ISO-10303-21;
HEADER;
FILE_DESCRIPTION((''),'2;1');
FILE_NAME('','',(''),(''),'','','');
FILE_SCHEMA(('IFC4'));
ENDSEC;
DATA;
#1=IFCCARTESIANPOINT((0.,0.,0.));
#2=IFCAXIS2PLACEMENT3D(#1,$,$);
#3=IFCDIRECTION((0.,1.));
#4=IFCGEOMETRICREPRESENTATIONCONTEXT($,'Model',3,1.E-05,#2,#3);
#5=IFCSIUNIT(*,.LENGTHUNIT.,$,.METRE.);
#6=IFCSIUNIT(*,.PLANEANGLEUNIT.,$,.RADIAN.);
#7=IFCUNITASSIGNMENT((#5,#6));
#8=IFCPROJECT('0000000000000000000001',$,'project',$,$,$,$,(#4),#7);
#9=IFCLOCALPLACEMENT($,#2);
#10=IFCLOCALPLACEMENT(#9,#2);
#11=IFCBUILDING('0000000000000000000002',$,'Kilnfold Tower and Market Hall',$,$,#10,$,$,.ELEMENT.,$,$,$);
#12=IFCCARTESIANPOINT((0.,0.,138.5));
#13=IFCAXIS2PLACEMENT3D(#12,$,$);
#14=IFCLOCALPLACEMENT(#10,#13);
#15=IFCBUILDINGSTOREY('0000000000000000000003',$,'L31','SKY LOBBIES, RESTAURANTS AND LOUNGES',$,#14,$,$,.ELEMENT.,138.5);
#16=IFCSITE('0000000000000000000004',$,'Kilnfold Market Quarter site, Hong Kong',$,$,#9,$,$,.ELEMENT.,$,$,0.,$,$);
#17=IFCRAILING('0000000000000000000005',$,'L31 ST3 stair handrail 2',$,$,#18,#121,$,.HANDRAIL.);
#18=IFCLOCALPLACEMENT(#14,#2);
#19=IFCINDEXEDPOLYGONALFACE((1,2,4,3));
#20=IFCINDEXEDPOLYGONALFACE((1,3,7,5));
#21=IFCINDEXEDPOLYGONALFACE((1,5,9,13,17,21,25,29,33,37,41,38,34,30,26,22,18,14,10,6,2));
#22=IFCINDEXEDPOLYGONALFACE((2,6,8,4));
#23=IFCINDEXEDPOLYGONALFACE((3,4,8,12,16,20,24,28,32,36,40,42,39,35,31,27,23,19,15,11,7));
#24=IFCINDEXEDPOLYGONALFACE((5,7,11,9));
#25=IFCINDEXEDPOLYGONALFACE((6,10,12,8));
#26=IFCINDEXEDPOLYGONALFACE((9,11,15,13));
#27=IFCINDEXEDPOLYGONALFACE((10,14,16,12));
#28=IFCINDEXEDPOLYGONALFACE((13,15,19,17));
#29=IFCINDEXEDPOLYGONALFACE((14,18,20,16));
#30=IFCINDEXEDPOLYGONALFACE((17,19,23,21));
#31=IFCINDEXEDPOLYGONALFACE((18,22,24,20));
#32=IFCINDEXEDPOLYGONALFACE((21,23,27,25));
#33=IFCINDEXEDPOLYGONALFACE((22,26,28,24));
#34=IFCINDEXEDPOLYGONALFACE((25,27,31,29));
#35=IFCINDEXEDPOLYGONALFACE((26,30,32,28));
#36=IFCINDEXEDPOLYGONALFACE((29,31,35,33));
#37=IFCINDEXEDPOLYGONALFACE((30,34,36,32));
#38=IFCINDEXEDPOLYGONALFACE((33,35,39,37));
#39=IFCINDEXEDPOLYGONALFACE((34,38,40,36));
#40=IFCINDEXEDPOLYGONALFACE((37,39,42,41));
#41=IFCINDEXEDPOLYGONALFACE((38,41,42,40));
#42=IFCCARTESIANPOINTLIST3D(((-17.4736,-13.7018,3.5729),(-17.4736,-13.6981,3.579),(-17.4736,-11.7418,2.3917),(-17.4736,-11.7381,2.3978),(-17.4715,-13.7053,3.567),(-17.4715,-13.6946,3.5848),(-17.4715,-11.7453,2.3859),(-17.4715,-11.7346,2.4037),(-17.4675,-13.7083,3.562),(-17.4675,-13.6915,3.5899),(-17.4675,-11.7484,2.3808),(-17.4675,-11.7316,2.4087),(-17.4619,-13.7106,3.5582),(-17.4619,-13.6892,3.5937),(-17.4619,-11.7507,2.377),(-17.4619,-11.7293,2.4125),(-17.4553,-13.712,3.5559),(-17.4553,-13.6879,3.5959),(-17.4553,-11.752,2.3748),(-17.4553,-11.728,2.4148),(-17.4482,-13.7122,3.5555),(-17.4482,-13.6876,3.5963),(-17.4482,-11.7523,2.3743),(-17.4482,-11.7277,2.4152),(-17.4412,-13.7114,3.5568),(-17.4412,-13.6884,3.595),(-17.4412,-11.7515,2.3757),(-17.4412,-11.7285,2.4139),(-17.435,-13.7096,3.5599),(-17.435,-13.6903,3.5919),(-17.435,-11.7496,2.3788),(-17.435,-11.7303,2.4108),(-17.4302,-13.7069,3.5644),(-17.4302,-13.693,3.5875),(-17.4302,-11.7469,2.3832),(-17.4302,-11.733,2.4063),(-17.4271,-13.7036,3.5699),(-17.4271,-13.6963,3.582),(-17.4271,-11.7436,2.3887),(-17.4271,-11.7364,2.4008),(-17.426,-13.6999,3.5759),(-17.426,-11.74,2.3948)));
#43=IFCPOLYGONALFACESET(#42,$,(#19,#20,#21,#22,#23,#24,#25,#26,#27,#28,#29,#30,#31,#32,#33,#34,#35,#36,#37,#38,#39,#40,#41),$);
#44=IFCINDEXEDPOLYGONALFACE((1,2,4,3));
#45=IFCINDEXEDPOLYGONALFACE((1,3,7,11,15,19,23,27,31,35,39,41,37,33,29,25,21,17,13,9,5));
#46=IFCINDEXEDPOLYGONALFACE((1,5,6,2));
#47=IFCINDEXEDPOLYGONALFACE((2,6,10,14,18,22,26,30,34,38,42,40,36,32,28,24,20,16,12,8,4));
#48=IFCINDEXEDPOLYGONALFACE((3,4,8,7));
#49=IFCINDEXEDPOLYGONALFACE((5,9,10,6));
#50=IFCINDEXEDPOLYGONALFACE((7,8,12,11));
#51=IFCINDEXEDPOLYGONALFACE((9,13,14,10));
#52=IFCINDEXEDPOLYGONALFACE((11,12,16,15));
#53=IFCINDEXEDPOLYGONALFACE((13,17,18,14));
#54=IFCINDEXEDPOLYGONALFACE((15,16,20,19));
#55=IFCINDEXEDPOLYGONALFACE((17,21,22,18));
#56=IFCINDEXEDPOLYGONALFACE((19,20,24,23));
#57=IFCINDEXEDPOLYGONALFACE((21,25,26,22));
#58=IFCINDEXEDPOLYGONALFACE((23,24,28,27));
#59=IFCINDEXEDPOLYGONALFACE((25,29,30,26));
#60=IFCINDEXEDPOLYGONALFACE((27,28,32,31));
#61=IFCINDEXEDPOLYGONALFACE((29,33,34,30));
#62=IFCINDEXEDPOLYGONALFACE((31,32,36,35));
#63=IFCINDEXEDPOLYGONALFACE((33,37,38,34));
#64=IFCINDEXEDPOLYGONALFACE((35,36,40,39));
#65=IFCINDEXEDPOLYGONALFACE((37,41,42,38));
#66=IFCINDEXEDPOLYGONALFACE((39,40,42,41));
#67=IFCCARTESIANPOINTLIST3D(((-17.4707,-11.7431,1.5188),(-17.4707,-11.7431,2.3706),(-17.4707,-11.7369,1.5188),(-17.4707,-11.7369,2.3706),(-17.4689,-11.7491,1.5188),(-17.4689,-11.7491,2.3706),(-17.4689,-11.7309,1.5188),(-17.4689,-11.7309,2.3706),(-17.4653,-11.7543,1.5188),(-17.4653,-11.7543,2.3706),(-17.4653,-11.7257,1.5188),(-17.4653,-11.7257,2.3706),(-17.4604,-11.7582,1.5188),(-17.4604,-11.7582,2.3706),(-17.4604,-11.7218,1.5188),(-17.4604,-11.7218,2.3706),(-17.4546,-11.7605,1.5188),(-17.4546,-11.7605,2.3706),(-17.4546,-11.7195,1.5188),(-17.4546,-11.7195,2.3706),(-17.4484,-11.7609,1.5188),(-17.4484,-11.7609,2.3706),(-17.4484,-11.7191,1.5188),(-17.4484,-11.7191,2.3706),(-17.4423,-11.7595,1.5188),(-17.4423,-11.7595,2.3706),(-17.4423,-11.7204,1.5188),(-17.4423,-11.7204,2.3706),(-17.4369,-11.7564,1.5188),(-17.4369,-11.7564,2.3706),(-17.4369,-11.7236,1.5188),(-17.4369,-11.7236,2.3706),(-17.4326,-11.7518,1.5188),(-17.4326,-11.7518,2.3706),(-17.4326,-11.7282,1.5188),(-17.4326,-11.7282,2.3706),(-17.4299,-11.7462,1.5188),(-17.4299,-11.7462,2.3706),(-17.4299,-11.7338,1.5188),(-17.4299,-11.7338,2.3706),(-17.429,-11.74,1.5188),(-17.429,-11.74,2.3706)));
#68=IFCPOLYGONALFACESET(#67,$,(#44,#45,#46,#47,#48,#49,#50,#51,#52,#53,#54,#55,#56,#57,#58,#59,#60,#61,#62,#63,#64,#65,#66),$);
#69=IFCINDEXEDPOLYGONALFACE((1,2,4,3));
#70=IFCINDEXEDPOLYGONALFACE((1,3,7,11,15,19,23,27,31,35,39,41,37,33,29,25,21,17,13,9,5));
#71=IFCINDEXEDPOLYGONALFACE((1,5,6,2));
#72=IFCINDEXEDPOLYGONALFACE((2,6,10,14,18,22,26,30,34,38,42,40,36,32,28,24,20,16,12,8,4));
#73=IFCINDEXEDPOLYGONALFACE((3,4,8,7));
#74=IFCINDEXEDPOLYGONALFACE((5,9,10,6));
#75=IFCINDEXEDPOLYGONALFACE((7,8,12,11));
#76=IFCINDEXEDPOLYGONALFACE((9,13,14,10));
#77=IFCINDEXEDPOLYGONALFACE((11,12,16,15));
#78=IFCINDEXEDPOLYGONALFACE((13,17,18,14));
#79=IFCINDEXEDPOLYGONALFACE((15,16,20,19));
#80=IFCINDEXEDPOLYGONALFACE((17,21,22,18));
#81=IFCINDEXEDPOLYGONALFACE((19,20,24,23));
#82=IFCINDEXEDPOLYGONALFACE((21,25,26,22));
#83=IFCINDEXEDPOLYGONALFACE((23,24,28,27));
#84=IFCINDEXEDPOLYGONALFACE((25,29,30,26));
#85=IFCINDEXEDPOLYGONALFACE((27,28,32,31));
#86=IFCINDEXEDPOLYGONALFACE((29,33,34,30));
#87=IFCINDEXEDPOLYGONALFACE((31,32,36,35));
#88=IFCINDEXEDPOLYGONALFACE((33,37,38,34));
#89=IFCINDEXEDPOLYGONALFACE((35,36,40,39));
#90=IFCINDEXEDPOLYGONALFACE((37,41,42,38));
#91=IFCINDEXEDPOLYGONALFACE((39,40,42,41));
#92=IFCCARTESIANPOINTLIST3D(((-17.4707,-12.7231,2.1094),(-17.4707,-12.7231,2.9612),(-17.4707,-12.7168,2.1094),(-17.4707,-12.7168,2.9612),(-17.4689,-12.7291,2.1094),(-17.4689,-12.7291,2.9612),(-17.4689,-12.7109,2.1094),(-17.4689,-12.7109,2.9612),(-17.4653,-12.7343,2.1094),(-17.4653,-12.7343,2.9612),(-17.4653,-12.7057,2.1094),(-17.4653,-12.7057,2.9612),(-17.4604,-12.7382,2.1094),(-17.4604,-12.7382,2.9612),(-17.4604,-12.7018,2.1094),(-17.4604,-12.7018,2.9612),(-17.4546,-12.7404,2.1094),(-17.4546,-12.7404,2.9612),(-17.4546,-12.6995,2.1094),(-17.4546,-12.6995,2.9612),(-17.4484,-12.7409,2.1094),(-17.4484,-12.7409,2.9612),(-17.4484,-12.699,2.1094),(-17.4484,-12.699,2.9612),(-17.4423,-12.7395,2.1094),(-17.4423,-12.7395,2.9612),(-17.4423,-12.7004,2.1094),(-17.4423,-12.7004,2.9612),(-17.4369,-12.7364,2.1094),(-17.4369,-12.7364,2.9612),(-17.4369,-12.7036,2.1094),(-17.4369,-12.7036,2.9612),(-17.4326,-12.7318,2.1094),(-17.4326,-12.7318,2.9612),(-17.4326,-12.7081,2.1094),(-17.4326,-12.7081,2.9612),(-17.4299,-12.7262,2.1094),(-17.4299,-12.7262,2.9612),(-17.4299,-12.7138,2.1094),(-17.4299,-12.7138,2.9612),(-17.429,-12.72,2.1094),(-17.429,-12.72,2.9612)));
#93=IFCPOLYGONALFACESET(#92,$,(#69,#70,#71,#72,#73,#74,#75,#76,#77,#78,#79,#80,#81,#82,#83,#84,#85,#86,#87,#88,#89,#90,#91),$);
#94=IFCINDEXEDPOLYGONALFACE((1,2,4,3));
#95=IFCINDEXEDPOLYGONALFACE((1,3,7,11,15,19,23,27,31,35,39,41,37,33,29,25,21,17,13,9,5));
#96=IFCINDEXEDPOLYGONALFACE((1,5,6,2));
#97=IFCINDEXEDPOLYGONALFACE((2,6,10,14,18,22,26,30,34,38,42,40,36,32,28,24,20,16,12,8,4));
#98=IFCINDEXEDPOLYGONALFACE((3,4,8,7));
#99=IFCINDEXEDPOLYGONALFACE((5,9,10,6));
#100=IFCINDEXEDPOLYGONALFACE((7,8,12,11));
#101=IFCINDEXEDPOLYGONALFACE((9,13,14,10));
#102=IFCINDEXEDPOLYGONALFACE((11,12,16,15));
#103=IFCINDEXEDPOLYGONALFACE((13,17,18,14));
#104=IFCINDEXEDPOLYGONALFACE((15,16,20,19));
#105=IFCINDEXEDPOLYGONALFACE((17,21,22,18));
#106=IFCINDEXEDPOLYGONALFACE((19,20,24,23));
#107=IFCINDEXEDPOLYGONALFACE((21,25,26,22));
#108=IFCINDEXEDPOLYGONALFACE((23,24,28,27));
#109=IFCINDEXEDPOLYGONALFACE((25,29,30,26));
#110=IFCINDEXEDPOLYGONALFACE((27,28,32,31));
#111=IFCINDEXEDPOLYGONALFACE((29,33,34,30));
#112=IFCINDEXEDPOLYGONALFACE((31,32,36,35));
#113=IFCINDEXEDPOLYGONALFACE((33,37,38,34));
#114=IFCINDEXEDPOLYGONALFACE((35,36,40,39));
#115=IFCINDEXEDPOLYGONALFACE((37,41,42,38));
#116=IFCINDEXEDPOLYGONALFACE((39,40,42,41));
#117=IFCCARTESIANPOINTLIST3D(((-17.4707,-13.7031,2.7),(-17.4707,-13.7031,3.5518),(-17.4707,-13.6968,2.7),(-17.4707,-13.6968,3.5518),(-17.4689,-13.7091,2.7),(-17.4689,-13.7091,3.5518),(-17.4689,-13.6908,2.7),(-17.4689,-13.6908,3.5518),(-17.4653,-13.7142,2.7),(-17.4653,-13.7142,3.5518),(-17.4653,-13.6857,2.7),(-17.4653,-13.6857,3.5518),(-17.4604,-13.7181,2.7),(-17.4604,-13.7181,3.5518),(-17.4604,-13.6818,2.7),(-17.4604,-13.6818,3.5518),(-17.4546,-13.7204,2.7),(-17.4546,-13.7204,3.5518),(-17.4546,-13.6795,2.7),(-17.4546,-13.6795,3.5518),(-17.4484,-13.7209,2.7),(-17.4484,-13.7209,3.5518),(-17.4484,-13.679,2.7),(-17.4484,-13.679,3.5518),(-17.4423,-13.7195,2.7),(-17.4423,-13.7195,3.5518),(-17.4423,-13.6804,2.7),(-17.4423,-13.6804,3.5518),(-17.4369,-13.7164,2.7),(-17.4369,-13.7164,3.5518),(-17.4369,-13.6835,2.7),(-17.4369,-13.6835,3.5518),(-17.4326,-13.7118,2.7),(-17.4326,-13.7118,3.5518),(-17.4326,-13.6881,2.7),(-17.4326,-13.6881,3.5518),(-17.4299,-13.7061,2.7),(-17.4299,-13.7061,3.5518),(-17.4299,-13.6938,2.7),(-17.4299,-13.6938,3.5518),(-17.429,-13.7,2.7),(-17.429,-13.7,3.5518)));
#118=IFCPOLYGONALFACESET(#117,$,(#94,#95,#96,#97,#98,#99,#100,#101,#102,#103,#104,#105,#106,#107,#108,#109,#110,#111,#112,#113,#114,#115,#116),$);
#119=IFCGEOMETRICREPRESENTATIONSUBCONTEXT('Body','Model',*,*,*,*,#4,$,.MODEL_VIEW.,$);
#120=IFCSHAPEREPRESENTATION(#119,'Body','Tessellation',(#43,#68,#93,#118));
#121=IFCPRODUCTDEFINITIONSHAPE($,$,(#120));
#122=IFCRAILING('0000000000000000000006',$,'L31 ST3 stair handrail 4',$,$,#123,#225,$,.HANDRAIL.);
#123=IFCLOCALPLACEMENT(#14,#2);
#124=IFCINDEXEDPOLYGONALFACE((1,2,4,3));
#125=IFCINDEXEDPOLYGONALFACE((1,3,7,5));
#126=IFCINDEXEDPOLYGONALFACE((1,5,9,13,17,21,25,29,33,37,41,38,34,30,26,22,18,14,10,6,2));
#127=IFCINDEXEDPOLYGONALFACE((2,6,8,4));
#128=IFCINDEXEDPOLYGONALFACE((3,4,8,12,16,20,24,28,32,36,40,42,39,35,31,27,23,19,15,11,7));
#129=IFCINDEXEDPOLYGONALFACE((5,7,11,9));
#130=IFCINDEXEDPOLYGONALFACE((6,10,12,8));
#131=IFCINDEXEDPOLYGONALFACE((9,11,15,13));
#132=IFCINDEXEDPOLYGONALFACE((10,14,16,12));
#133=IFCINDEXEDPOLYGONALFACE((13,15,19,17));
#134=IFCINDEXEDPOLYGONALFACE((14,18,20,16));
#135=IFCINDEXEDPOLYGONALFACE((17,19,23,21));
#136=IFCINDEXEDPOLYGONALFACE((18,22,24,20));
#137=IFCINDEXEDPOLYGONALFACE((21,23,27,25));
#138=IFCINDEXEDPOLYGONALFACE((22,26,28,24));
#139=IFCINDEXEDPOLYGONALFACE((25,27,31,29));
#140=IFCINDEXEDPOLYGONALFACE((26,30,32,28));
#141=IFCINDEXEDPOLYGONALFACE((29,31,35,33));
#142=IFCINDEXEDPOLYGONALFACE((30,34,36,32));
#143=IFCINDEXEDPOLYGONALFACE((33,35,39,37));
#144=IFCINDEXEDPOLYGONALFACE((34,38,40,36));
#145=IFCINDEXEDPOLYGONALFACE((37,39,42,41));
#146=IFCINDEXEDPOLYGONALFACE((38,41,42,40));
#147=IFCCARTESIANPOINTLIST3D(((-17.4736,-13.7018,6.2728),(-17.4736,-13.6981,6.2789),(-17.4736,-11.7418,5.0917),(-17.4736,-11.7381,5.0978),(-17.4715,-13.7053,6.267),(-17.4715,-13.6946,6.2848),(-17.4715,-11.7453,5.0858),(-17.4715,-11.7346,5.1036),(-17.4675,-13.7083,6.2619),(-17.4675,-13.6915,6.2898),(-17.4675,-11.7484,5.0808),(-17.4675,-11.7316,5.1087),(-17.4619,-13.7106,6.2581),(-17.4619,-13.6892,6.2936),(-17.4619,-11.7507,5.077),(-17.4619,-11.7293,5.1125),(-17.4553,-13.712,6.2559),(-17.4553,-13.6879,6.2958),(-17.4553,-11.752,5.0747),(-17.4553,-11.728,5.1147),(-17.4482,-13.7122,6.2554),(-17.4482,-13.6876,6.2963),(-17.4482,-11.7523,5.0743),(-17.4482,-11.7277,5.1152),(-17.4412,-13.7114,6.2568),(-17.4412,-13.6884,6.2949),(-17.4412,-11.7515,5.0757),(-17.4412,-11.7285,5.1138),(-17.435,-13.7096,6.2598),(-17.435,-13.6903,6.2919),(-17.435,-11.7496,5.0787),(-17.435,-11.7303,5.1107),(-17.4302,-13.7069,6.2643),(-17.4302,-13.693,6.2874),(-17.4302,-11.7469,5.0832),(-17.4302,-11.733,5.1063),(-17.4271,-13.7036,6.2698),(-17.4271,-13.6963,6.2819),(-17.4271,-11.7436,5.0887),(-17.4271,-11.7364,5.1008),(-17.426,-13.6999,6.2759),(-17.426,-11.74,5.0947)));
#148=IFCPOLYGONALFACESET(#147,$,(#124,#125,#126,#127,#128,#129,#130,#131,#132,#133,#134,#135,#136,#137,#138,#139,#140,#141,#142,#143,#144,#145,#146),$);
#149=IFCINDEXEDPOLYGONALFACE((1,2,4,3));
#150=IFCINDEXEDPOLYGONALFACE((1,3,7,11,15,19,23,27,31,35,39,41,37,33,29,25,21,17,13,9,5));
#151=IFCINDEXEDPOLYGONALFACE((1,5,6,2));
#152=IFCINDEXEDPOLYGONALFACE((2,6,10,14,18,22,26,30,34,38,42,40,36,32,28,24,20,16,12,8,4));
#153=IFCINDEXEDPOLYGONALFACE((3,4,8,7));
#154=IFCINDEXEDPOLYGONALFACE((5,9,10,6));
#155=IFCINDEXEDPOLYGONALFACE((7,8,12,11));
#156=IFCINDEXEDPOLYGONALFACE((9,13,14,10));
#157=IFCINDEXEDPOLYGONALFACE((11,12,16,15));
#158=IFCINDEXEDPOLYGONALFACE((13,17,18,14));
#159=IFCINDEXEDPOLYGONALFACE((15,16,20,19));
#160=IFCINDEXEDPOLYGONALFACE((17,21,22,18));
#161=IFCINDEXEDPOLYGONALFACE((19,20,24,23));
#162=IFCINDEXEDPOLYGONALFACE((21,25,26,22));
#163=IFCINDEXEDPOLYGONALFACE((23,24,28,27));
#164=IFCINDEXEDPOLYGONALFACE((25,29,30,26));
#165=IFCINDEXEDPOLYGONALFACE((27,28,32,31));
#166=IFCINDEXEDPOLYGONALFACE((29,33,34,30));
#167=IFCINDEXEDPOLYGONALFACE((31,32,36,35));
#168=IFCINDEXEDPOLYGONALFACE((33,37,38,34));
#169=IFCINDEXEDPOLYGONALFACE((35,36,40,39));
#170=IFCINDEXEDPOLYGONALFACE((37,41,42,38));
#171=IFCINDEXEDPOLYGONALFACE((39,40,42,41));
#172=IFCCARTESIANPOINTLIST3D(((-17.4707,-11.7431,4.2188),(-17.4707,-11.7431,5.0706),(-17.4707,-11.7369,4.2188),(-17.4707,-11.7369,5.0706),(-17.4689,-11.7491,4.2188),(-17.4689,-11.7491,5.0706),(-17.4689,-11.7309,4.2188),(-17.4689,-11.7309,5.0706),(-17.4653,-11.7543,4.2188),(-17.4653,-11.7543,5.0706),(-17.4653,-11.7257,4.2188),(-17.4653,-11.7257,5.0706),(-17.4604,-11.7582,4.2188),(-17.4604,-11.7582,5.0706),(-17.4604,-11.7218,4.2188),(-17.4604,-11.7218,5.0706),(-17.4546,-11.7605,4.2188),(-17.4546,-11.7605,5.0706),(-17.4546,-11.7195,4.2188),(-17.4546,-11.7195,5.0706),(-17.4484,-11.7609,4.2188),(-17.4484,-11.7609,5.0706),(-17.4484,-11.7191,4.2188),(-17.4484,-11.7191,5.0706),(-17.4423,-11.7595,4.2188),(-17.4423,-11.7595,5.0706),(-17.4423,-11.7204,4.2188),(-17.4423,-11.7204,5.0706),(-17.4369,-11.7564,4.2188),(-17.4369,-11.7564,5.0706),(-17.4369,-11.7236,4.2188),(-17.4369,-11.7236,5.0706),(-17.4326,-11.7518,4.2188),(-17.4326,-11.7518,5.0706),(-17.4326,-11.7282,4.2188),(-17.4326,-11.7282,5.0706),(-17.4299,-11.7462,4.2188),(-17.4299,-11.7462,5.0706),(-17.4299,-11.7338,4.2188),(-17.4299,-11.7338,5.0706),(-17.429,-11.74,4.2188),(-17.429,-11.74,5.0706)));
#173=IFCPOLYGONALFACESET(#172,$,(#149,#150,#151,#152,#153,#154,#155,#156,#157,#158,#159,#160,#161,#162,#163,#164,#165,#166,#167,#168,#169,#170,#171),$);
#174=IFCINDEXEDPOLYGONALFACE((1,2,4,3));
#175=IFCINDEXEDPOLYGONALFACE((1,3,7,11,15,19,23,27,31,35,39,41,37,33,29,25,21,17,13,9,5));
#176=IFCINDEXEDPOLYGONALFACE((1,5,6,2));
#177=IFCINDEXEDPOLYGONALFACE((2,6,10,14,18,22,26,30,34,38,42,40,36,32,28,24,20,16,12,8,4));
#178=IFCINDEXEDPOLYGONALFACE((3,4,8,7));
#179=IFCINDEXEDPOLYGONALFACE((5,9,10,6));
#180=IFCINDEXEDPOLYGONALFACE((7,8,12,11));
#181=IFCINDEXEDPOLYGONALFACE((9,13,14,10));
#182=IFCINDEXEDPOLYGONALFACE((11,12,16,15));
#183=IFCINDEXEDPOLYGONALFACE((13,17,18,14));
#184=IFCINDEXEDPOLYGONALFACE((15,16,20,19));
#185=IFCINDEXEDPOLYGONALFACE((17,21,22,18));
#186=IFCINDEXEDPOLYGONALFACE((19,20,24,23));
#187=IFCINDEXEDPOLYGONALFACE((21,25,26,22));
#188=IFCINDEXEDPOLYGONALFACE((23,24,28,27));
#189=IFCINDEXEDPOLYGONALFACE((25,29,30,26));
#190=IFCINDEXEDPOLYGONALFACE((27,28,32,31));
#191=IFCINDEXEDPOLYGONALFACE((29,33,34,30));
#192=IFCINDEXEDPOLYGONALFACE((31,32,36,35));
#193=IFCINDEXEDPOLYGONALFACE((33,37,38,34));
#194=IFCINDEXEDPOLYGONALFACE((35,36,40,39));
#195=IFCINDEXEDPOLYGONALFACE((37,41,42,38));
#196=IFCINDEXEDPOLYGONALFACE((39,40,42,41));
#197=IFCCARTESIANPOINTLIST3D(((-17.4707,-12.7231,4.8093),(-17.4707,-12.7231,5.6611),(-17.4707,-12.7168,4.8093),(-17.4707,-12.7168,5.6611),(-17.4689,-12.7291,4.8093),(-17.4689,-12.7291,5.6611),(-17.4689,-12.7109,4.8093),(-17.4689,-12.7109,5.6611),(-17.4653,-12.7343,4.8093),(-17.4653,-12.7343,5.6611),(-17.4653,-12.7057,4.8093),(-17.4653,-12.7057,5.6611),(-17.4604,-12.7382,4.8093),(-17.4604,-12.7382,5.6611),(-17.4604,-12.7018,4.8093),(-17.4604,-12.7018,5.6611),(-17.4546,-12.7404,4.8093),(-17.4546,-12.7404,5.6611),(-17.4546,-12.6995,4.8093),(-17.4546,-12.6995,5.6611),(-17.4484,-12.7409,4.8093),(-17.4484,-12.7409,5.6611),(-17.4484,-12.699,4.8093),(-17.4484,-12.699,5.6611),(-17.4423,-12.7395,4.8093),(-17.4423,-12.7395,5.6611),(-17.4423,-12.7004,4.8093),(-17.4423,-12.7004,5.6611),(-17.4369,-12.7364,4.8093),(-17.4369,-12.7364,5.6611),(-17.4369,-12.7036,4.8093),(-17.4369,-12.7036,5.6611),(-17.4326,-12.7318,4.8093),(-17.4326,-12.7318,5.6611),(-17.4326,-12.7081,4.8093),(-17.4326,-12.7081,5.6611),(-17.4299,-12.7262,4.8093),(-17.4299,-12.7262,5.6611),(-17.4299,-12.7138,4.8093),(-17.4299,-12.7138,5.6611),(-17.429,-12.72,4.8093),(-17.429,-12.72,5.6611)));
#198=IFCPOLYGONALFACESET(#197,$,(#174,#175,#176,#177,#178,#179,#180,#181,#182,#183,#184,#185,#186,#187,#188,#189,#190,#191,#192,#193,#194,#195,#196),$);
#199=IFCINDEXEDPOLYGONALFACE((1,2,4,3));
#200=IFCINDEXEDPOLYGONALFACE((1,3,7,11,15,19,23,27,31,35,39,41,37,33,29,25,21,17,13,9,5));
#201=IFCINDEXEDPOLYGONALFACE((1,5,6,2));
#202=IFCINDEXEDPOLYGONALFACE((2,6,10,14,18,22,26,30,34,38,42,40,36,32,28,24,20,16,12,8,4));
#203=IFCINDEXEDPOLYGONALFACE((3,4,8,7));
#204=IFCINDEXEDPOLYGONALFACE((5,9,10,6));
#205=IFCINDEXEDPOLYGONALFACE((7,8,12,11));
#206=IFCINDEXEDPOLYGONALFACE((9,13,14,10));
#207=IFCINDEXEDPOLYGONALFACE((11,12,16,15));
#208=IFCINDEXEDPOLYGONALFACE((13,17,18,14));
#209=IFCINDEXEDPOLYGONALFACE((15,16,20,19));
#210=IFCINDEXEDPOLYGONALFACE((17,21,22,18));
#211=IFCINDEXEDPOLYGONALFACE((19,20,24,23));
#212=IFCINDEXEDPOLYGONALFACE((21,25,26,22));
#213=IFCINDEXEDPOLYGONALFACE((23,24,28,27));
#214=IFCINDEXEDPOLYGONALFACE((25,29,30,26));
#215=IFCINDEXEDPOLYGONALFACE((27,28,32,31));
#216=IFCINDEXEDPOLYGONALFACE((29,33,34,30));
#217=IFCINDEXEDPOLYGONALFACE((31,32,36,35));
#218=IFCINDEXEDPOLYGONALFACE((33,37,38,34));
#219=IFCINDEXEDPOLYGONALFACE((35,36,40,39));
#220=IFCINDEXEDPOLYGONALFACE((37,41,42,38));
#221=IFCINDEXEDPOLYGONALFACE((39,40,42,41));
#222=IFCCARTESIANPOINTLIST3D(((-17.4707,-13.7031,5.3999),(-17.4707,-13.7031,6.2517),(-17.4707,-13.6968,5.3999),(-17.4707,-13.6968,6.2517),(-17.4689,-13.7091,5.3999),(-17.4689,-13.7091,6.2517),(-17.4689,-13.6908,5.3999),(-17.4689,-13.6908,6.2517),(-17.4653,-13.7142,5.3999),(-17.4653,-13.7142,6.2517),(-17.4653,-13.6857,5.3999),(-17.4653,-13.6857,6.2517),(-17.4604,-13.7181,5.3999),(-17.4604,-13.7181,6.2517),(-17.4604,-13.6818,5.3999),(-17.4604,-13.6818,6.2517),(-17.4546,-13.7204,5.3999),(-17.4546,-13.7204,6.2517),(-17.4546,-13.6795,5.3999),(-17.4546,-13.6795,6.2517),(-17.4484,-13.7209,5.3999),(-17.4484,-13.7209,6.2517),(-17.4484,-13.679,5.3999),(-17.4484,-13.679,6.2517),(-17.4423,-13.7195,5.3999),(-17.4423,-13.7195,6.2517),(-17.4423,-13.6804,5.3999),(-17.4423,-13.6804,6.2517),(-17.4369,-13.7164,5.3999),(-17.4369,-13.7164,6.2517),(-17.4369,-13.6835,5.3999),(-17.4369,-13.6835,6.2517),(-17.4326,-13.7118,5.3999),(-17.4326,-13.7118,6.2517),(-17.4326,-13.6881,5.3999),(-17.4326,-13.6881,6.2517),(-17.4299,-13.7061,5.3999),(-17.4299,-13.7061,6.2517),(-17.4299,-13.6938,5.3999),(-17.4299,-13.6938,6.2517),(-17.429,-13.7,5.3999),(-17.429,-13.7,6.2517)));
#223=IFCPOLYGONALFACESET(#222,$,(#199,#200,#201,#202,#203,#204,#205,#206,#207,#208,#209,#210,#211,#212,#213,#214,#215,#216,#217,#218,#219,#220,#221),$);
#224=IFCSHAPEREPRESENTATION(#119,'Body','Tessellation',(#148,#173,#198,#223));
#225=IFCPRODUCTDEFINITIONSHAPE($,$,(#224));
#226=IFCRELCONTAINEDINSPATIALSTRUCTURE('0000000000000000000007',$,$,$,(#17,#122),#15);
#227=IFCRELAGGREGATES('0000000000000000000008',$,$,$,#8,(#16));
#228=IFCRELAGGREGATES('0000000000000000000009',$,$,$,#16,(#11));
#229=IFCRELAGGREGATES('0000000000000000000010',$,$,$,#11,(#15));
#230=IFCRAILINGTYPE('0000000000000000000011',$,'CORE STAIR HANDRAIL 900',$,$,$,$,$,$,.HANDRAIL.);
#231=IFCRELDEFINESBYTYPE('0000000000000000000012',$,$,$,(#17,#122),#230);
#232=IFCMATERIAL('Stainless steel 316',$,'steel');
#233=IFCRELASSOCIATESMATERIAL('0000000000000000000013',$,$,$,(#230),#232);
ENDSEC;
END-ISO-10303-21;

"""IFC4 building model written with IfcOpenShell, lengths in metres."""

from ifc_helpers import new_model, si_unit, direction, frame, origin, origin_2d, place, context, subcontext, project, spatial, circle, extrude, material, type_object, element, save


model = new_model("IFC4")

# Units and contexts
model_context = context("Model", 3, precision=1e-05, world=origin(), true_north=direction((0.0, 1.0)))
body_context = subcontext(model_context, "Body", "Model", "MODEL_VIEW")
ifc_project = project(units=[si_unit("LENGTHUNIT", "METRE"), si_unit("PLANEANGLEUNIT", "RADIAN")], contexts=[model_context])

# Site, building, storey
site_placement = place(None, origin())
site = spatial("IfcSite", under=ifc_project, at=site_placement, Name="Kilnfold Market Quarter site, Hong Kong", CompositionType="ELEMENT", RefElevation=0.0)
building_placement = place(site_placement, origin())
building = spatial("IfcBuilding", under=site, at=building_placement, Name="Kilnfold Tower and Market Hall", CompositionType="ELEMENT")
storey_placement = place(building_placement, frame((0.0, 0.0, 138.5)))
storey = spatial("IfcBuildingStorey", under=building, at=storey_placement, Name="L31", Description="SKY LOBBIES, RESTAURANTS AND LOUNGES", CompositionType="ELEMENT", Elevation=138.5)

# Railings
ifc_material_1 = material(Name="Stainless steel 316", Category="steel")
railing_type = type_object("IfcRailingType", Name="CORE STAIR HANDRAIL 900", PredefinedType="HANDRAIL", material=ifc_material_1)
for number, where, name in (
    (1, (-17.45, -11.74, 1.5188), "L31 ST3 stair handrail 2"),
    (2, (-17.45, -11.74, 4.2188), "L31 ST3 stair handrail 4"),
):
    element("IfcRailing", number, at=place(storey_placement, frame(where)), inside=storey, type_object=railing_type, Name=name, PredefinedType="HANDRAIL", context=body_context, shape_type="SweptSolid", body=[
        extrude(circle(Radius=0.0239, at=origin_2d()), frame((0.0, 0.0, 0.876), z_axis=(0.0, -0.856493, 0.516158), x_axis=(1.0, 0.0, 0.0)), (0.0, 0.0, 1.0), 2.2883),
        extrude(circle(Radius=0.021, at=origin_2d()), origin(), (0.0, 0.0, 1.0), 0.8518),
        extrude(circle(Radius=0.021, at=origin_2d()), frame((0.0, -0.98, 0.5906)), (0.0, 0.0, 1.0), 0.8518),
        extrude(circle(Radius=0.021, at=origin_2d()), frame((0.0, -1.96, 1.1812)), (0.0, 0.0, 1.0), 0.8518),
    ])

save(model, "model.ifc")
